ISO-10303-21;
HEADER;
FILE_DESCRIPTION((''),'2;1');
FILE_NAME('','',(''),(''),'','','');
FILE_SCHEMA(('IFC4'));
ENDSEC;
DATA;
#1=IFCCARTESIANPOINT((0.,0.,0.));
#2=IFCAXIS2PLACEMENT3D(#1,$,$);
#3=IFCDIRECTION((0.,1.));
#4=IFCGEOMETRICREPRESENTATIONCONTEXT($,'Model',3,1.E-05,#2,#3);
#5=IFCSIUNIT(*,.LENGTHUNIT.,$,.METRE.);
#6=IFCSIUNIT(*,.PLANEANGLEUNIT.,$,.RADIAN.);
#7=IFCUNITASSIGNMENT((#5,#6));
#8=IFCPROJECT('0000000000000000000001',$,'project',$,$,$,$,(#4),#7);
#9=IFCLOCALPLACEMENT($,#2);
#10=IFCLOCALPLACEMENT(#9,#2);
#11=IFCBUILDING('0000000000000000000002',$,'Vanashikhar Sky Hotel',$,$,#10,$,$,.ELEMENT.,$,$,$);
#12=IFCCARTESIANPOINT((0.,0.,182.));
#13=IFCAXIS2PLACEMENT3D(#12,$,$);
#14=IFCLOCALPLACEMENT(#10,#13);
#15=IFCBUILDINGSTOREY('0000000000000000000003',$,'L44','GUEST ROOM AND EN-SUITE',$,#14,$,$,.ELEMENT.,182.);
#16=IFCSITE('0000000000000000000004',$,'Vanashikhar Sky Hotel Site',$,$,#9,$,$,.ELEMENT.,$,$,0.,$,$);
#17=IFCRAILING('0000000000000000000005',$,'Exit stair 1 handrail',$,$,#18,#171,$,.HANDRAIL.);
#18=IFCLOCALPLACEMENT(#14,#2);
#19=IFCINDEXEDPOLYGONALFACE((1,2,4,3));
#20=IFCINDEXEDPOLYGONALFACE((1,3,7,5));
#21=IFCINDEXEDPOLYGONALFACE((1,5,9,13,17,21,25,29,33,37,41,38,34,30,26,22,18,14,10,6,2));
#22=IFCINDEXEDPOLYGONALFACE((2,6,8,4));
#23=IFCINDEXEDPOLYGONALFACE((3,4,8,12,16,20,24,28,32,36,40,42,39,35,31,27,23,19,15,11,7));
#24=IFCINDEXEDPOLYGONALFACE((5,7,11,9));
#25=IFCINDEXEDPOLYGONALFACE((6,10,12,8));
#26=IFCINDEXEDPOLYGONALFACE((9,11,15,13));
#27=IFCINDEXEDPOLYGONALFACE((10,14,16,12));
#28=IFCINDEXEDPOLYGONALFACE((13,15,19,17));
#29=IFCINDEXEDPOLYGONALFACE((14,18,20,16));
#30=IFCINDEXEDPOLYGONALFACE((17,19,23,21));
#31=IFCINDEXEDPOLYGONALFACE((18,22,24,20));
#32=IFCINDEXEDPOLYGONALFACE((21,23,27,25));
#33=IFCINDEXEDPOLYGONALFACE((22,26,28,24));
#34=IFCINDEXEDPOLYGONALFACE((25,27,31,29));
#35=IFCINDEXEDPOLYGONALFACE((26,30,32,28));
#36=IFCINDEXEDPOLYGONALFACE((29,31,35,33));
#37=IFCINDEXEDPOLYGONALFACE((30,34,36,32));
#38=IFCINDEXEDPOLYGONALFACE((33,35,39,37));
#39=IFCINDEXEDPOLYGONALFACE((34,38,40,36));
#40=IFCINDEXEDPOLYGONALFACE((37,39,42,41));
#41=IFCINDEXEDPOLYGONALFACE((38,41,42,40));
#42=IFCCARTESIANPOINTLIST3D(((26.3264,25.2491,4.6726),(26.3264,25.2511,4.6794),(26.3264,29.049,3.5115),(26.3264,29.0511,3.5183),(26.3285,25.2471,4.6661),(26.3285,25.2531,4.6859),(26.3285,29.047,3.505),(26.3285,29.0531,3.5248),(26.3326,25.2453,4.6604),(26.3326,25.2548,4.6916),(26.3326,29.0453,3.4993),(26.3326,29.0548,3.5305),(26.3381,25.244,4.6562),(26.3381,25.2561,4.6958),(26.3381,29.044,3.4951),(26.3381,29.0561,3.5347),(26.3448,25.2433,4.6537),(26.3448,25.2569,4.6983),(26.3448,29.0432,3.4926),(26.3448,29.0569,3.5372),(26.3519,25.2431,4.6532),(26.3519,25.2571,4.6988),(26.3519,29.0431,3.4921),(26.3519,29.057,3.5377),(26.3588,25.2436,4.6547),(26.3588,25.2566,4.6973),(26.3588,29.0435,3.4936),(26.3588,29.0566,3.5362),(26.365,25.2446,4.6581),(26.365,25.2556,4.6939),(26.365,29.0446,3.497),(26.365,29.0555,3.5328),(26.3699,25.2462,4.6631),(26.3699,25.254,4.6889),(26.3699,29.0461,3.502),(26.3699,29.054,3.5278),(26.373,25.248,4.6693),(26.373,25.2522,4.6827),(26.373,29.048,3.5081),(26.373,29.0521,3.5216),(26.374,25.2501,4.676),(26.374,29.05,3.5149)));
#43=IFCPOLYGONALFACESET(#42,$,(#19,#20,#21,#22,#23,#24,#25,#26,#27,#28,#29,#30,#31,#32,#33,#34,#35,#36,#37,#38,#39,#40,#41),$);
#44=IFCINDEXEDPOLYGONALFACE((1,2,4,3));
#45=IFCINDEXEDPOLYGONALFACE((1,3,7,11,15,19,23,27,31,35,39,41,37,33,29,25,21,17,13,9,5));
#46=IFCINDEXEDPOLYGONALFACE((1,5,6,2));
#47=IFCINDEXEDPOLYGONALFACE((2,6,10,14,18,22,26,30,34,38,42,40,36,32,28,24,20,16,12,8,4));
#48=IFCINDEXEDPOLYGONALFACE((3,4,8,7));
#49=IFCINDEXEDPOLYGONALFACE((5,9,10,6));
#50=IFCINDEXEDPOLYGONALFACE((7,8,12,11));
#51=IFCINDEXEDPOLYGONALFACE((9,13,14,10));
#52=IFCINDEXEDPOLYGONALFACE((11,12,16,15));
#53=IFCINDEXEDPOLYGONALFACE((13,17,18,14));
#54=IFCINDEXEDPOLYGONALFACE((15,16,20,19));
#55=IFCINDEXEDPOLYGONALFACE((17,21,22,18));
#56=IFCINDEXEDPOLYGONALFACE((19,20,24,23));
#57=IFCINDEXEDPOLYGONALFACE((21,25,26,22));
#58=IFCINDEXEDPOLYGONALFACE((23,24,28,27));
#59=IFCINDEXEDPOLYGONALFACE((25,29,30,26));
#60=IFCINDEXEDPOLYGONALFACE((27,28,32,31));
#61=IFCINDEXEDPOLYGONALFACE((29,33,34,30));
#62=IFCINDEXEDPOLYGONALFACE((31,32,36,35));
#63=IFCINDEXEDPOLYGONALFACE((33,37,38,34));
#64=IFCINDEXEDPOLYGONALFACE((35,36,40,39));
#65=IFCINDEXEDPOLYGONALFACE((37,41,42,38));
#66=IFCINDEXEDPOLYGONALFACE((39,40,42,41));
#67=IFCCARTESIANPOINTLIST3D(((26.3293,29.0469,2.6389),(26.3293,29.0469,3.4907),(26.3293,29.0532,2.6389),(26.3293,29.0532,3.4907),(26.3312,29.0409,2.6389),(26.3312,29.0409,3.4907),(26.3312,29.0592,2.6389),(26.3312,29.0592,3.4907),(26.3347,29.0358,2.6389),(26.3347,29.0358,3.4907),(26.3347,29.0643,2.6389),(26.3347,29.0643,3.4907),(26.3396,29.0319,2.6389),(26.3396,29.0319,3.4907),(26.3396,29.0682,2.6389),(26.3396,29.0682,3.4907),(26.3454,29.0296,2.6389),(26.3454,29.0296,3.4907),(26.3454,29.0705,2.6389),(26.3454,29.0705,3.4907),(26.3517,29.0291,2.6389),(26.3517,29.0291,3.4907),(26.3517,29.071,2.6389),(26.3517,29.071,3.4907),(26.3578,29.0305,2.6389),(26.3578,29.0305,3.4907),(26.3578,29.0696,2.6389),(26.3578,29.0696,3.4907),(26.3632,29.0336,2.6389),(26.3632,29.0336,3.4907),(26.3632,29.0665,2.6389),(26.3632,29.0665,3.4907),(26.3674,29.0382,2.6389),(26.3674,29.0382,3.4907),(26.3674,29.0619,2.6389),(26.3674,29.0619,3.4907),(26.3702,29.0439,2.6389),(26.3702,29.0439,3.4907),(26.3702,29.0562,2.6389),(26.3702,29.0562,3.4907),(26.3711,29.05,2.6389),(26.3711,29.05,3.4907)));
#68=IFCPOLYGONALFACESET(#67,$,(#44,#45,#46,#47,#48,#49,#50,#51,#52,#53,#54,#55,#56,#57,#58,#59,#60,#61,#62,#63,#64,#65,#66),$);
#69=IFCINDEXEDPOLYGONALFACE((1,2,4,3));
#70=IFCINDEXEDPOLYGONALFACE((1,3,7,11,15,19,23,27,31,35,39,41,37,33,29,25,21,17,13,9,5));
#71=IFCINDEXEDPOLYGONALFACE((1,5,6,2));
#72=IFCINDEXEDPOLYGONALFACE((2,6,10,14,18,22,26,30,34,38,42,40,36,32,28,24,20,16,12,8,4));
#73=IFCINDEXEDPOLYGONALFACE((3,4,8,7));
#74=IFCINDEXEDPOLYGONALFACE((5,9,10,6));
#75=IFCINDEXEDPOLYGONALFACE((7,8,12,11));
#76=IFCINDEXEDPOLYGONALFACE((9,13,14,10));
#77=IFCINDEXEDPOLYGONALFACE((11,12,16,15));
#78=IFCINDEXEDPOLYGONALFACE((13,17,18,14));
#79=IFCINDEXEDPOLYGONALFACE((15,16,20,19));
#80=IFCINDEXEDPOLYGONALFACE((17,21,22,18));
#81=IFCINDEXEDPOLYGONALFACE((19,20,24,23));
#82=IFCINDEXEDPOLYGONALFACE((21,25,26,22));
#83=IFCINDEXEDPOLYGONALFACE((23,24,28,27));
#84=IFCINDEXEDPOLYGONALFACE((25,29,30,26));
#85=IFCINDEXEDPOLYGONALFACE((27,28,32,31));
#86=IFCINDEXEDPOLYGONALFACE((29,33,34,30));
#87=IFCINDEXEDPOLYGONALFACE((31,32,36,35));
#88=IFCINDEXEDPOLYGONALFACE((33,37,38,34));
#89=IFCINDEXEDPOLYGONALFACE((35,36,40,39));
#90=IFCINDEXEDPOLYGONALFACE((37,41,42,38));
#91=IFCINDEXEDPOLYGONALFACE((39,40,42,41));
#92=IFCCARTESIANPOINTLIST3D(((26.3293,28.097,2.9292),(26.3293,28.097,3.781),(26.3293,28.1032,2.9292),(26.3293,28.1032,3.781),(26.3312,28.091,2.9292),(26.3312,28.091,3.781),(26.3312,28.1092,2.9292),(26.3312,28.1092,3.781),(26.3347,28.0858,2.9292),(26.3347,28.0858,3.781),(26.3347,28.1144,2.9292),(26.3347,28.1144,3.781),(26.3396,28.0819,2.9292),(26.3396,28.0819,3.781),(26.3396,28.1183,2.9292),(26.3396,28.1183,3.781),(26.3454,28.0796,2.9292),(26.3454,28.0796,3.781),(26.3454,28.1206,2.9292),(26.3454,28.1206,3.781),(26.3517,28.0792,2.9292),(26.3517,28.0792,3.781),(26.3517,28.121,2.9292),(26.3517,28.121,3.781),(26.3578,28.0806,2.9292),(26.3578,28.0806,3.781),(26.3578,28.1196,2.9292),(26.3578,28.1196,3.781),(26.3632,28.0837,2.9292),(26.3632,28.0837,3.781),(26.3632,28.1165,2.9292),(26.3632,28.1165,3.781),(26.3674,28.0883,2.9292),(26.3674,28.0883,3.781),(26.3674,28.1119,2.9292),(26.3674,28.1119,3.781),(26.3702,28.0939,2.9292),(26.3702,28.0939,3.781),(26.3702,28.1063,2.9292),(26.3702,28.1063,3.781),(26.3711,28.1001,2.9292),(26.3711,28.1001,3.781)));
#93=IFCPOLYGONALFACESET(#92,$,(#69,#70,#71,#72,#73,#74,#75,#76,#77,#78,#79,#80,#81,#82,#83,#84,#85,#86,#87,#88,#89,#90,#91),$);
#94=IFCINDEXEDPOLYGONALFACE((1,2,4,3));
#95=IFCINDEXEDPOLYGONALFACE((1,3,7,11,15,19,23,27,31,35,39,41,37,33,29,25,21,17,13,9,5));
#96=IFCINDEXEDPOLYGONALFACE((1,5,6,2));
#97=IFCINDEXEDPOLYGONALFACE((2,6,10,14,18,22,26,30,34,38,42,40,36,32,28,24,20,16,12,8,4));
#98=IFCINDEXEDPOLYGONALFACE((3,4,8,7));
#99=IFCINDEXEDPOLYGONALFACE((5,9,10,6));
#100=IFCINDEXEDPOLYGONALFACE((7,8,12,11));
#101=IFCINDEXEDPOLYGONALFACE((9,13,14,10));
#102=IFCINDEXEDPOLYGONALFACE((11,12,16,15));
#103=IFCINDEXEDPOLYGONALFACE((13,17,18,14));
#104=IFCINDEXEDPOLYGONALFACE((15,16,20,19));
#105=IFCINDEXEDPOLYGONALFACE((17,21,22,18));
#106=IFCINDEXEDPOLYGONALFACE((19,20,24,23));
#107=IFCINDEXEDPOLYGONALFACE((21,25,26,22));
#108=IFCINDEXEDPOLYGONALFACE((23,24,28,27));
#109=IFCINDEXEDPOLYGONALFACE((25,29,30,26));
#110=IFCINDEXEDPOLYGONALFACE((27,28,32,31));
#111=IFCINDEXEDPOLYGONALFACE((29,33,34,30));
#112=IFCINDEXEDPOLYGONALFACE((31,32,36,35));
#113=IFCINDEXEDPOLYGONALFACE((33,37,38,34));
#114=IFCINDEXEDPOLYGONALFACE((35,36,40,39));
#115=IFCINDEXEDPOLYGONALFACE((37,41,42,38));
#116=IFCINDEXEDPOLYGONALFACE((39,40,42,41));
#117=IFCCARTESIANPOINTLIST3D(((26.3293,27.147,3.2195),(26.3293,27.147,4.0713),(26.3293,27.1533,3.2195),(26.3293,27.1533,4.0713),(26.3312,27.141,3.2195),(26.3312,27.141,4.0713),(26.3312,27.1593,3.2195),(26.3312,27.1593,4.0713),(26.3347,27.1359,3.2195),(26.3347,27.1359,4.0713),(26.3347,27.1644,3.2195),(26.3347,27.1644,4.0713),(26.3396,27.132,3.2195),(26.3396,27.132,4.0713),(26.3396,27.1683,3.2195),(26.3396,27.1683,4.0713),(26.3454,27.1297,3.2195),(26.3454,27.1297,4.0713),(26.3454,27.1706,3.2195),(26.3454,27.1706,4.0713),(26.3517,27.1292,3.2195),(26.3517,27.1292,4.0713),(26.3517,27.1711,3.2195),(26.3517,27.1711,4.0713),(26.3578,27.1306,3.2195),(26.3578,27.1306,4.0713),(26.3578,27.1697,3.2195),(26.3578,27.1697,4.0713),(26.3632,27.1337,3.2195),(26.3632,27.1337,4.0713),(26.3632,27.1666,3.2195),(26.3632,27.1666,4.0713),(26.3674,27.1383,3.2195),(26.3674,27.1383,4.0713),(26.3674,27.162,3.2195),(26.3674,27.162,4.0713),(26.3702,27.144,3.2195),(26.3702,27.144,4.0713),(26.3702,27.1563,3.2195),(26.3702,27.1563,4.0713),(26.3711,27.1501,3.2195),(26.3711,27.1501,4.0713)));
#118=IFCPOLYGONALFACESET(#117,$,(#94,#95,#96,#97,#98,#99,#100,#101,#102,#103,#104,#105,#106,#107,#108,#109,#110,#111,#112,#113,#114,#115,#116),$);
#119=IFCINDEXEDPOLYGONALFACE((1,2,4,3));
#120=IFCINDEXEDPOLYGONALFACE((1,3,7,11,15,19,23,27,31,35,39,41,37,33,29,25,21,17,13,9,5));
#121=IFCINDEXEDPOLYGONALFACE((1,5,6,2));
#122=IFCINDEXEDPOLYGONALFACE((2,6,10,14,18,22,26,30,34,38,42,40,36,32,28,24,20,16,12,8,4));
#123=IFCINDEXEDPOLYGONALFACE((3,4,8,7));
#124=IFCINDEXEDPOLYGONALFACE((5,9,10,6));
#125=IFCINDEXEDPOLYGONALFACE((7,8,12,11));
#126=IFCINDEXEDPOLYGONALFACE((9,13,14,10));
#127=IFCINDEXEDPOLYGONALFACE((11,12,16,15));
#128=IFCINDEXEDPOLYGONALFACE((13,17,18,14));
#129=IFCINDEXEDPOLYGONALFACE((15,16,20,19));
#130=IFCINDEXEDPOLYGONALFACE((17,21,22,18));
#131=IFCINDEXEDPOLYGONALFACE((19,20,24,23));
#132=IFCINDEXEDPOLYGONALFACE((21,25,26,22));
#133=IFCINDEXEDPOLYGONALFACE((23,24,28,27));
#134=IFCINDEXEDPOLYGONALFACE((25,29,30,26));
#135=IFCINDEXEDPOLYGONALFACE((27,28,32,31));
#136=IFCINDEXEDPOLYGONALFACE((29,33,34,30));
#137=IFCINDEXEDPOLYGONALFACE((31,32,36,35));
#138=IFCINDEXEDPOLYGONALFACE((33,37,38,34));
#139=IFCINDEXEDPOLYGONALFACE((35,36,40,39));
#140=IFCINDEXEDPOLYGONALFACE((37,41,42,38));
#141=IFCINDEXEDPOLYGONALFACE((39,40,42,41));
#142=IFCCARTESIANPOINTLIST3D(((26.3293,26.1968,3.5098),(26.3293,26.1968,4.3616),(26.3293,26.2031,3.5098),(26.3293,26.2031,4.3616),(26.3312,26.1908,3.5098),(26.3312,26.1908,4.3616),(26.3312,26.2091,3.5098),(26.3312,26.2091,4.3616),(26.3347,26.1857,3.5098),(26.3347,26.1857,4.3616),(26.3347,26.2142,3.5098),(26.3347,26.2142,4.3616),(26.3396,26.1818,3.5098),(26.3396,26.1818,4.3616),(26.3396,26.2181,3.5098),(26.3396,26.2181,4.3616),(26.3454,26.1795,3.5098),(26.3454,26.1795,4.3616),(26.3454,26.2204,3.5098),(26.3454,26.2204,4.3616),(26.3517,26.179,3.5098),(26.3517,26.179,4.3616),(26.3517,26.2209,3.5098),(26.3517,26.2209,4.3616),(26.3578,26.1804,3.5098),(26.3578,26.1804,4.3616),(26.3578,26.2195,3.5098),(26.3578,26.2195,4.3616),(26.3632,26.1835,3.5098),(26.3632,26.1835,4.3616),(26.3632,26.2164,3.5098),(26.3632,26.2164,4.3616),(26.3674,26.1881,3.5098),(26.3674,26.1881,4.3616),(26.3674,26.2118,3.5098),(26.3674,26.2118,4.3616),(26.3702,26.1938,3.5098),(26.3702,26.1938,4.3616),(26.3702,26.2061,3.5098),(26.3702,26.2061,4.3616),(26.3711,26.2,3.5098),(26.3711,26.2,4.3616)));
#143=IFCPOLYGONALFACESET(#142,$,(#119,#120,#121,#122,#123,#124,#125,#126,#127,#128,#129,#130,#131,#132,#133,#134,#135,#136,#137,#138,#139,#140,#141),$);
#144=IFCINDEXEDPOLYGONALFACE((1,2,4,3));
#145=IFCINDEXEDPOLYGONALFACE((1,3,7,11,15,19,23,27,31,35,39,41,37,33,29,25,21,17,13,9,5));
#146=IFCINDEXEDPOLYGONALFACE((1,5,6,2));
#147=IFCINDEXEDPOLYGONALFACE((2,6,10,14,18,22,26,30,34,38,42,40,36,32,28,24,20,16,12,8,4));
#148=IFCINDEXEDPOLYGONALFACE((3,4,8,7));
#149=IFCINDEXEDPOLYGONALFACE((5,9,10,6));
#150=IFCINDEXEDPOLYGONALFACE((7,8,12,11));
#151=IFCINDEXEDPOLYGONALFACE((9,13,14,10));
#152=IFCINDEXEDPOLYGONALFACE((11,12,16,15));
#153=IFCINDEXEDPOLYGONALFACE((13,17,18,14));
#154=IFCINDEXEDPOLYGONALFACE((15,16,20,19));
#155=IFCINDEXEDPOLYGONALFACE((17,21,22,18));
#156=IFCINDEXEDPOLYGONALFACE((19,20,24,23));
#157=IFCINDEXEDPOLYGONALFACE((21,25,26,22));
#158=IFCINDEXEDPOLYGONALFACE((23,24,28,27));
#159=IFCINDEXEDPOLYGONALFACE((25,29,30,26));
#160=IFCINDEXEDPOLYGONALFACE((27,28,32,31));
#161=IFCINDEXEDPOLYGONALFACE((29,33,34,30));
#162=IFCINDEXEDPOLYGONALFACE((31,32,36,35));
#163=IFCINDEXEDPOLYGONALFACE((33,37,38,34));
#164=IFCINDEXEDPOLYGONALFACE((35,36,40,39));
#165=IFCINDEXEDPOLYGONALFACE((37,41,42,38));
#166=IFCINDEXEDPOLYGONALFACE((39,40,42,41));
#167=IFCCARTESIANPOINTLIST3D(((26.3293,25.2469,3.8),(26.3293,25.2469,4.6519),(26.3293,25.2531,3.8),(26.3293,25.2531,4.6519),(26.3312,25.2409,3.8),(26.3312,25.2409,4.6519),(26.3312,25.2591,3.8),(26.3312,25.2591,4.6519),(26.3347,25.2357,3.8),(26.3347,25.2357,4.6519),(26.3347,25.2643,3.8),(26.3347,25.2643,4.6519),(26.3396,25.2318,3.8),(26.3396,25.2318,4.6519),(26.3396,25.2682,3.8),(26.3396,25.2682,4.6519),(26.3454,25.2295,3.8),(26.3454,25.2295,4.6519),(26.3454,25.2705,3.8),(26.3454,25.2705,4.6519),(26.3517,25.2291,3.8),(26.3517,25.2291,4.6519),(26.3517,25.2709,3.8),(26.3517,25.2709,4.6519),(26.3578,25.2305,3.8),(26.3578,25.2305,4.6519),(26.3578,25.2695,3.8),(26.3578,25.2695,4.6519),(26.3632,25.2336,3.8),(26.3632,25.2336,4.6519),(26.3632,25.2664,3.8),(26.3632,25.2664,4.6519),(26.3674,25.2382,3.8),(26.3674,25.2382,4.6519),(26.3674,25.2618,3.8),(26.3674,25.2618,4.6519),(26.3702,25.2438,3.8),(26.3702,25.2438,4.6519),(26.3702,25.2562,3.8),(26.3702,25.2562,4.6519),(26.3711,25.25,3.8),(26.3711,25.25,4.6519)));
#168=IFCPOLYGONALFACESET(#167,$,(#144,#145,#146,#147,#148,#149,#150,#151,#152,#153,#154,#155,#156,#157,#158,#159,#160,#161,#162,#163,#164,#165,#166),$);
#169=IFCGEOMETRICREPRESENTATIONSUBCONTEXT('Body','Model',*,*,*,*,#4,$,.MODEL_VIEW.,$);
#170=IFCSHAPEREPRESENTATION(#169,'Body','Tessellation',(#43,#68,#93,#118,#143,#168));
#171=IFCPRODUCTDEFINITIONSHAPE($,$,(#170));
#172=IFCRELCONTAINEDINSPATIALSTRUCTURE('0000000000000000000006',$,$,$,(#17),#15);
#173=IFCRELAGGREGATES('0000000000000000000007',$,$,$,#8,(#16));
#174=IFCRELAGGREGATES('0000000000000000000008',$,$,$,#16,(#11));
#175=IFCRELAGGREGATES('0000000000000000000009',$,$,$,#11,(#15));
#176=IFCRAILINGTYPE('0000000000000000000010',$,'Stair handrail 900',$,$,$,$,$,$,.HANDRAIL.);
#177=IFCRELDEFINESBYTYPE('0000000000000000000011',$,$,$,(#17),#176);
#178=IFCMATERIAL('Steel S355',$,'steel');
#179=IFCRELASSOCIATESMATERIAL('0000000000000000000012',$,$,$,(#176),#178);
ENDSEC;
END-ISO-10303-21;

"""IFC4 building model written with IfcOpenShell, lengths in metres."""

from ifc_helpers import new_model, si_unit, direction, frame, origin, origin_2d, place, context, subcontext, project, spatial, circle, extrude, source, transform, mapped, material, type_object, element, save


model = new_model("IFC4")

# Units and contexts
model_context = context("Model", 3, precision=1e-05, world=origin(), true_north=direction((0.0, 1.0)))
body_context = subcontext(model_context, "Body", "Model", "MODEL_VIEW")
ifc_project = project(units=[si_unit("LENGTHUNIT", "METRE"), si_unit("PLANEANGLEUNIT", "RADIAN")], contexts=[model_context])

# Site, building, storey
site_placement = place(None, origin())
site = spatial("IfcSite", under=ifc_project, at=site_placement, Name="Vanashikhar Sky Hotel Site", CompositionType="ELEMENT", RefElevation=0.0)
building_placement = place(site_placement, origin())
building = spatial("IfcBuilding", under=site, at=building_placement, Name="Vanashikhar Sky Hotel", CompositionType="ELEMENT")
storey_placement = place(building_placement, frame((0.0, 0.0, 182.0)))
storey = spatial("IfcBuildingStorey", under=building, at=storey_placement, Name="L44", Description="GUEST ROOM AND EN-SUITE", CompositionType="ELEMENT", Elevation=182.0)

# Railing
ifc_material_1 = material(Name="Steel S355", Category="steel")
railing_type_1 = type_object("IfcRailingType", Name="Stair handrail 900", PredefinedType="HANDRAIL", material=ifc_material_1)
shared_shape_1 = source(origin(), body_context, "Body", "SweptSolid", [
    extrude(circle(Radius=0.0239, at=origin_2d()), frame((0.0, 0.0, 0.876), z_axis=(0.0, -0.956351, 0.29222), x_axis=(1.0, 0.0, 0.0)), (0.0, 0.0, 1.0), 3.9734),
    extrude(circle(Radius=0.021, at=origin_2d()), origin(), (0.0, 0.0, 1.0), 0.8518),
    extrude(circle(Radius=0.021, at=origin_2d()), frame((0.0, -0.95, 0.2903)), (0.0, 0.0, 1.0), 0.8518),
    extrude(circle(Radius=0.021, at=origin_2d()), frame((0.0, -1.8999, 0.5806)), (0.0, 0.0, 1.0), 0.8518),
    extrude(circle(Radius=0.021, at=origin_2d()), frame((0.0, -2.8501, 0.8708)), (0.0, 0.0, 1.0), 0.8518),
    extrude(circle(Radius=0.021, at=origin_2d()), frame((0.0, -3.8, 1.1611)), (0.0, 0.0, 1.0), 0.8518),
])
for number, where, name in (
    (1, (26.3501, 29.05, 2.6389), "Exit stair 1 handrail"),
):
    element("IfcRailing", number, at=place(storey_placement, frame(where)), inside=storey, type_object=railing_type_1, Name=name, PredefinedType="HANDRAIL", context=body_context, shape_type="MappedRepresentation", body=[
        mapped(shared_shape_1, transform((0.0, 0.0, 0.0), scale=1.0)),
    ])

save(model, "model.ifc")
